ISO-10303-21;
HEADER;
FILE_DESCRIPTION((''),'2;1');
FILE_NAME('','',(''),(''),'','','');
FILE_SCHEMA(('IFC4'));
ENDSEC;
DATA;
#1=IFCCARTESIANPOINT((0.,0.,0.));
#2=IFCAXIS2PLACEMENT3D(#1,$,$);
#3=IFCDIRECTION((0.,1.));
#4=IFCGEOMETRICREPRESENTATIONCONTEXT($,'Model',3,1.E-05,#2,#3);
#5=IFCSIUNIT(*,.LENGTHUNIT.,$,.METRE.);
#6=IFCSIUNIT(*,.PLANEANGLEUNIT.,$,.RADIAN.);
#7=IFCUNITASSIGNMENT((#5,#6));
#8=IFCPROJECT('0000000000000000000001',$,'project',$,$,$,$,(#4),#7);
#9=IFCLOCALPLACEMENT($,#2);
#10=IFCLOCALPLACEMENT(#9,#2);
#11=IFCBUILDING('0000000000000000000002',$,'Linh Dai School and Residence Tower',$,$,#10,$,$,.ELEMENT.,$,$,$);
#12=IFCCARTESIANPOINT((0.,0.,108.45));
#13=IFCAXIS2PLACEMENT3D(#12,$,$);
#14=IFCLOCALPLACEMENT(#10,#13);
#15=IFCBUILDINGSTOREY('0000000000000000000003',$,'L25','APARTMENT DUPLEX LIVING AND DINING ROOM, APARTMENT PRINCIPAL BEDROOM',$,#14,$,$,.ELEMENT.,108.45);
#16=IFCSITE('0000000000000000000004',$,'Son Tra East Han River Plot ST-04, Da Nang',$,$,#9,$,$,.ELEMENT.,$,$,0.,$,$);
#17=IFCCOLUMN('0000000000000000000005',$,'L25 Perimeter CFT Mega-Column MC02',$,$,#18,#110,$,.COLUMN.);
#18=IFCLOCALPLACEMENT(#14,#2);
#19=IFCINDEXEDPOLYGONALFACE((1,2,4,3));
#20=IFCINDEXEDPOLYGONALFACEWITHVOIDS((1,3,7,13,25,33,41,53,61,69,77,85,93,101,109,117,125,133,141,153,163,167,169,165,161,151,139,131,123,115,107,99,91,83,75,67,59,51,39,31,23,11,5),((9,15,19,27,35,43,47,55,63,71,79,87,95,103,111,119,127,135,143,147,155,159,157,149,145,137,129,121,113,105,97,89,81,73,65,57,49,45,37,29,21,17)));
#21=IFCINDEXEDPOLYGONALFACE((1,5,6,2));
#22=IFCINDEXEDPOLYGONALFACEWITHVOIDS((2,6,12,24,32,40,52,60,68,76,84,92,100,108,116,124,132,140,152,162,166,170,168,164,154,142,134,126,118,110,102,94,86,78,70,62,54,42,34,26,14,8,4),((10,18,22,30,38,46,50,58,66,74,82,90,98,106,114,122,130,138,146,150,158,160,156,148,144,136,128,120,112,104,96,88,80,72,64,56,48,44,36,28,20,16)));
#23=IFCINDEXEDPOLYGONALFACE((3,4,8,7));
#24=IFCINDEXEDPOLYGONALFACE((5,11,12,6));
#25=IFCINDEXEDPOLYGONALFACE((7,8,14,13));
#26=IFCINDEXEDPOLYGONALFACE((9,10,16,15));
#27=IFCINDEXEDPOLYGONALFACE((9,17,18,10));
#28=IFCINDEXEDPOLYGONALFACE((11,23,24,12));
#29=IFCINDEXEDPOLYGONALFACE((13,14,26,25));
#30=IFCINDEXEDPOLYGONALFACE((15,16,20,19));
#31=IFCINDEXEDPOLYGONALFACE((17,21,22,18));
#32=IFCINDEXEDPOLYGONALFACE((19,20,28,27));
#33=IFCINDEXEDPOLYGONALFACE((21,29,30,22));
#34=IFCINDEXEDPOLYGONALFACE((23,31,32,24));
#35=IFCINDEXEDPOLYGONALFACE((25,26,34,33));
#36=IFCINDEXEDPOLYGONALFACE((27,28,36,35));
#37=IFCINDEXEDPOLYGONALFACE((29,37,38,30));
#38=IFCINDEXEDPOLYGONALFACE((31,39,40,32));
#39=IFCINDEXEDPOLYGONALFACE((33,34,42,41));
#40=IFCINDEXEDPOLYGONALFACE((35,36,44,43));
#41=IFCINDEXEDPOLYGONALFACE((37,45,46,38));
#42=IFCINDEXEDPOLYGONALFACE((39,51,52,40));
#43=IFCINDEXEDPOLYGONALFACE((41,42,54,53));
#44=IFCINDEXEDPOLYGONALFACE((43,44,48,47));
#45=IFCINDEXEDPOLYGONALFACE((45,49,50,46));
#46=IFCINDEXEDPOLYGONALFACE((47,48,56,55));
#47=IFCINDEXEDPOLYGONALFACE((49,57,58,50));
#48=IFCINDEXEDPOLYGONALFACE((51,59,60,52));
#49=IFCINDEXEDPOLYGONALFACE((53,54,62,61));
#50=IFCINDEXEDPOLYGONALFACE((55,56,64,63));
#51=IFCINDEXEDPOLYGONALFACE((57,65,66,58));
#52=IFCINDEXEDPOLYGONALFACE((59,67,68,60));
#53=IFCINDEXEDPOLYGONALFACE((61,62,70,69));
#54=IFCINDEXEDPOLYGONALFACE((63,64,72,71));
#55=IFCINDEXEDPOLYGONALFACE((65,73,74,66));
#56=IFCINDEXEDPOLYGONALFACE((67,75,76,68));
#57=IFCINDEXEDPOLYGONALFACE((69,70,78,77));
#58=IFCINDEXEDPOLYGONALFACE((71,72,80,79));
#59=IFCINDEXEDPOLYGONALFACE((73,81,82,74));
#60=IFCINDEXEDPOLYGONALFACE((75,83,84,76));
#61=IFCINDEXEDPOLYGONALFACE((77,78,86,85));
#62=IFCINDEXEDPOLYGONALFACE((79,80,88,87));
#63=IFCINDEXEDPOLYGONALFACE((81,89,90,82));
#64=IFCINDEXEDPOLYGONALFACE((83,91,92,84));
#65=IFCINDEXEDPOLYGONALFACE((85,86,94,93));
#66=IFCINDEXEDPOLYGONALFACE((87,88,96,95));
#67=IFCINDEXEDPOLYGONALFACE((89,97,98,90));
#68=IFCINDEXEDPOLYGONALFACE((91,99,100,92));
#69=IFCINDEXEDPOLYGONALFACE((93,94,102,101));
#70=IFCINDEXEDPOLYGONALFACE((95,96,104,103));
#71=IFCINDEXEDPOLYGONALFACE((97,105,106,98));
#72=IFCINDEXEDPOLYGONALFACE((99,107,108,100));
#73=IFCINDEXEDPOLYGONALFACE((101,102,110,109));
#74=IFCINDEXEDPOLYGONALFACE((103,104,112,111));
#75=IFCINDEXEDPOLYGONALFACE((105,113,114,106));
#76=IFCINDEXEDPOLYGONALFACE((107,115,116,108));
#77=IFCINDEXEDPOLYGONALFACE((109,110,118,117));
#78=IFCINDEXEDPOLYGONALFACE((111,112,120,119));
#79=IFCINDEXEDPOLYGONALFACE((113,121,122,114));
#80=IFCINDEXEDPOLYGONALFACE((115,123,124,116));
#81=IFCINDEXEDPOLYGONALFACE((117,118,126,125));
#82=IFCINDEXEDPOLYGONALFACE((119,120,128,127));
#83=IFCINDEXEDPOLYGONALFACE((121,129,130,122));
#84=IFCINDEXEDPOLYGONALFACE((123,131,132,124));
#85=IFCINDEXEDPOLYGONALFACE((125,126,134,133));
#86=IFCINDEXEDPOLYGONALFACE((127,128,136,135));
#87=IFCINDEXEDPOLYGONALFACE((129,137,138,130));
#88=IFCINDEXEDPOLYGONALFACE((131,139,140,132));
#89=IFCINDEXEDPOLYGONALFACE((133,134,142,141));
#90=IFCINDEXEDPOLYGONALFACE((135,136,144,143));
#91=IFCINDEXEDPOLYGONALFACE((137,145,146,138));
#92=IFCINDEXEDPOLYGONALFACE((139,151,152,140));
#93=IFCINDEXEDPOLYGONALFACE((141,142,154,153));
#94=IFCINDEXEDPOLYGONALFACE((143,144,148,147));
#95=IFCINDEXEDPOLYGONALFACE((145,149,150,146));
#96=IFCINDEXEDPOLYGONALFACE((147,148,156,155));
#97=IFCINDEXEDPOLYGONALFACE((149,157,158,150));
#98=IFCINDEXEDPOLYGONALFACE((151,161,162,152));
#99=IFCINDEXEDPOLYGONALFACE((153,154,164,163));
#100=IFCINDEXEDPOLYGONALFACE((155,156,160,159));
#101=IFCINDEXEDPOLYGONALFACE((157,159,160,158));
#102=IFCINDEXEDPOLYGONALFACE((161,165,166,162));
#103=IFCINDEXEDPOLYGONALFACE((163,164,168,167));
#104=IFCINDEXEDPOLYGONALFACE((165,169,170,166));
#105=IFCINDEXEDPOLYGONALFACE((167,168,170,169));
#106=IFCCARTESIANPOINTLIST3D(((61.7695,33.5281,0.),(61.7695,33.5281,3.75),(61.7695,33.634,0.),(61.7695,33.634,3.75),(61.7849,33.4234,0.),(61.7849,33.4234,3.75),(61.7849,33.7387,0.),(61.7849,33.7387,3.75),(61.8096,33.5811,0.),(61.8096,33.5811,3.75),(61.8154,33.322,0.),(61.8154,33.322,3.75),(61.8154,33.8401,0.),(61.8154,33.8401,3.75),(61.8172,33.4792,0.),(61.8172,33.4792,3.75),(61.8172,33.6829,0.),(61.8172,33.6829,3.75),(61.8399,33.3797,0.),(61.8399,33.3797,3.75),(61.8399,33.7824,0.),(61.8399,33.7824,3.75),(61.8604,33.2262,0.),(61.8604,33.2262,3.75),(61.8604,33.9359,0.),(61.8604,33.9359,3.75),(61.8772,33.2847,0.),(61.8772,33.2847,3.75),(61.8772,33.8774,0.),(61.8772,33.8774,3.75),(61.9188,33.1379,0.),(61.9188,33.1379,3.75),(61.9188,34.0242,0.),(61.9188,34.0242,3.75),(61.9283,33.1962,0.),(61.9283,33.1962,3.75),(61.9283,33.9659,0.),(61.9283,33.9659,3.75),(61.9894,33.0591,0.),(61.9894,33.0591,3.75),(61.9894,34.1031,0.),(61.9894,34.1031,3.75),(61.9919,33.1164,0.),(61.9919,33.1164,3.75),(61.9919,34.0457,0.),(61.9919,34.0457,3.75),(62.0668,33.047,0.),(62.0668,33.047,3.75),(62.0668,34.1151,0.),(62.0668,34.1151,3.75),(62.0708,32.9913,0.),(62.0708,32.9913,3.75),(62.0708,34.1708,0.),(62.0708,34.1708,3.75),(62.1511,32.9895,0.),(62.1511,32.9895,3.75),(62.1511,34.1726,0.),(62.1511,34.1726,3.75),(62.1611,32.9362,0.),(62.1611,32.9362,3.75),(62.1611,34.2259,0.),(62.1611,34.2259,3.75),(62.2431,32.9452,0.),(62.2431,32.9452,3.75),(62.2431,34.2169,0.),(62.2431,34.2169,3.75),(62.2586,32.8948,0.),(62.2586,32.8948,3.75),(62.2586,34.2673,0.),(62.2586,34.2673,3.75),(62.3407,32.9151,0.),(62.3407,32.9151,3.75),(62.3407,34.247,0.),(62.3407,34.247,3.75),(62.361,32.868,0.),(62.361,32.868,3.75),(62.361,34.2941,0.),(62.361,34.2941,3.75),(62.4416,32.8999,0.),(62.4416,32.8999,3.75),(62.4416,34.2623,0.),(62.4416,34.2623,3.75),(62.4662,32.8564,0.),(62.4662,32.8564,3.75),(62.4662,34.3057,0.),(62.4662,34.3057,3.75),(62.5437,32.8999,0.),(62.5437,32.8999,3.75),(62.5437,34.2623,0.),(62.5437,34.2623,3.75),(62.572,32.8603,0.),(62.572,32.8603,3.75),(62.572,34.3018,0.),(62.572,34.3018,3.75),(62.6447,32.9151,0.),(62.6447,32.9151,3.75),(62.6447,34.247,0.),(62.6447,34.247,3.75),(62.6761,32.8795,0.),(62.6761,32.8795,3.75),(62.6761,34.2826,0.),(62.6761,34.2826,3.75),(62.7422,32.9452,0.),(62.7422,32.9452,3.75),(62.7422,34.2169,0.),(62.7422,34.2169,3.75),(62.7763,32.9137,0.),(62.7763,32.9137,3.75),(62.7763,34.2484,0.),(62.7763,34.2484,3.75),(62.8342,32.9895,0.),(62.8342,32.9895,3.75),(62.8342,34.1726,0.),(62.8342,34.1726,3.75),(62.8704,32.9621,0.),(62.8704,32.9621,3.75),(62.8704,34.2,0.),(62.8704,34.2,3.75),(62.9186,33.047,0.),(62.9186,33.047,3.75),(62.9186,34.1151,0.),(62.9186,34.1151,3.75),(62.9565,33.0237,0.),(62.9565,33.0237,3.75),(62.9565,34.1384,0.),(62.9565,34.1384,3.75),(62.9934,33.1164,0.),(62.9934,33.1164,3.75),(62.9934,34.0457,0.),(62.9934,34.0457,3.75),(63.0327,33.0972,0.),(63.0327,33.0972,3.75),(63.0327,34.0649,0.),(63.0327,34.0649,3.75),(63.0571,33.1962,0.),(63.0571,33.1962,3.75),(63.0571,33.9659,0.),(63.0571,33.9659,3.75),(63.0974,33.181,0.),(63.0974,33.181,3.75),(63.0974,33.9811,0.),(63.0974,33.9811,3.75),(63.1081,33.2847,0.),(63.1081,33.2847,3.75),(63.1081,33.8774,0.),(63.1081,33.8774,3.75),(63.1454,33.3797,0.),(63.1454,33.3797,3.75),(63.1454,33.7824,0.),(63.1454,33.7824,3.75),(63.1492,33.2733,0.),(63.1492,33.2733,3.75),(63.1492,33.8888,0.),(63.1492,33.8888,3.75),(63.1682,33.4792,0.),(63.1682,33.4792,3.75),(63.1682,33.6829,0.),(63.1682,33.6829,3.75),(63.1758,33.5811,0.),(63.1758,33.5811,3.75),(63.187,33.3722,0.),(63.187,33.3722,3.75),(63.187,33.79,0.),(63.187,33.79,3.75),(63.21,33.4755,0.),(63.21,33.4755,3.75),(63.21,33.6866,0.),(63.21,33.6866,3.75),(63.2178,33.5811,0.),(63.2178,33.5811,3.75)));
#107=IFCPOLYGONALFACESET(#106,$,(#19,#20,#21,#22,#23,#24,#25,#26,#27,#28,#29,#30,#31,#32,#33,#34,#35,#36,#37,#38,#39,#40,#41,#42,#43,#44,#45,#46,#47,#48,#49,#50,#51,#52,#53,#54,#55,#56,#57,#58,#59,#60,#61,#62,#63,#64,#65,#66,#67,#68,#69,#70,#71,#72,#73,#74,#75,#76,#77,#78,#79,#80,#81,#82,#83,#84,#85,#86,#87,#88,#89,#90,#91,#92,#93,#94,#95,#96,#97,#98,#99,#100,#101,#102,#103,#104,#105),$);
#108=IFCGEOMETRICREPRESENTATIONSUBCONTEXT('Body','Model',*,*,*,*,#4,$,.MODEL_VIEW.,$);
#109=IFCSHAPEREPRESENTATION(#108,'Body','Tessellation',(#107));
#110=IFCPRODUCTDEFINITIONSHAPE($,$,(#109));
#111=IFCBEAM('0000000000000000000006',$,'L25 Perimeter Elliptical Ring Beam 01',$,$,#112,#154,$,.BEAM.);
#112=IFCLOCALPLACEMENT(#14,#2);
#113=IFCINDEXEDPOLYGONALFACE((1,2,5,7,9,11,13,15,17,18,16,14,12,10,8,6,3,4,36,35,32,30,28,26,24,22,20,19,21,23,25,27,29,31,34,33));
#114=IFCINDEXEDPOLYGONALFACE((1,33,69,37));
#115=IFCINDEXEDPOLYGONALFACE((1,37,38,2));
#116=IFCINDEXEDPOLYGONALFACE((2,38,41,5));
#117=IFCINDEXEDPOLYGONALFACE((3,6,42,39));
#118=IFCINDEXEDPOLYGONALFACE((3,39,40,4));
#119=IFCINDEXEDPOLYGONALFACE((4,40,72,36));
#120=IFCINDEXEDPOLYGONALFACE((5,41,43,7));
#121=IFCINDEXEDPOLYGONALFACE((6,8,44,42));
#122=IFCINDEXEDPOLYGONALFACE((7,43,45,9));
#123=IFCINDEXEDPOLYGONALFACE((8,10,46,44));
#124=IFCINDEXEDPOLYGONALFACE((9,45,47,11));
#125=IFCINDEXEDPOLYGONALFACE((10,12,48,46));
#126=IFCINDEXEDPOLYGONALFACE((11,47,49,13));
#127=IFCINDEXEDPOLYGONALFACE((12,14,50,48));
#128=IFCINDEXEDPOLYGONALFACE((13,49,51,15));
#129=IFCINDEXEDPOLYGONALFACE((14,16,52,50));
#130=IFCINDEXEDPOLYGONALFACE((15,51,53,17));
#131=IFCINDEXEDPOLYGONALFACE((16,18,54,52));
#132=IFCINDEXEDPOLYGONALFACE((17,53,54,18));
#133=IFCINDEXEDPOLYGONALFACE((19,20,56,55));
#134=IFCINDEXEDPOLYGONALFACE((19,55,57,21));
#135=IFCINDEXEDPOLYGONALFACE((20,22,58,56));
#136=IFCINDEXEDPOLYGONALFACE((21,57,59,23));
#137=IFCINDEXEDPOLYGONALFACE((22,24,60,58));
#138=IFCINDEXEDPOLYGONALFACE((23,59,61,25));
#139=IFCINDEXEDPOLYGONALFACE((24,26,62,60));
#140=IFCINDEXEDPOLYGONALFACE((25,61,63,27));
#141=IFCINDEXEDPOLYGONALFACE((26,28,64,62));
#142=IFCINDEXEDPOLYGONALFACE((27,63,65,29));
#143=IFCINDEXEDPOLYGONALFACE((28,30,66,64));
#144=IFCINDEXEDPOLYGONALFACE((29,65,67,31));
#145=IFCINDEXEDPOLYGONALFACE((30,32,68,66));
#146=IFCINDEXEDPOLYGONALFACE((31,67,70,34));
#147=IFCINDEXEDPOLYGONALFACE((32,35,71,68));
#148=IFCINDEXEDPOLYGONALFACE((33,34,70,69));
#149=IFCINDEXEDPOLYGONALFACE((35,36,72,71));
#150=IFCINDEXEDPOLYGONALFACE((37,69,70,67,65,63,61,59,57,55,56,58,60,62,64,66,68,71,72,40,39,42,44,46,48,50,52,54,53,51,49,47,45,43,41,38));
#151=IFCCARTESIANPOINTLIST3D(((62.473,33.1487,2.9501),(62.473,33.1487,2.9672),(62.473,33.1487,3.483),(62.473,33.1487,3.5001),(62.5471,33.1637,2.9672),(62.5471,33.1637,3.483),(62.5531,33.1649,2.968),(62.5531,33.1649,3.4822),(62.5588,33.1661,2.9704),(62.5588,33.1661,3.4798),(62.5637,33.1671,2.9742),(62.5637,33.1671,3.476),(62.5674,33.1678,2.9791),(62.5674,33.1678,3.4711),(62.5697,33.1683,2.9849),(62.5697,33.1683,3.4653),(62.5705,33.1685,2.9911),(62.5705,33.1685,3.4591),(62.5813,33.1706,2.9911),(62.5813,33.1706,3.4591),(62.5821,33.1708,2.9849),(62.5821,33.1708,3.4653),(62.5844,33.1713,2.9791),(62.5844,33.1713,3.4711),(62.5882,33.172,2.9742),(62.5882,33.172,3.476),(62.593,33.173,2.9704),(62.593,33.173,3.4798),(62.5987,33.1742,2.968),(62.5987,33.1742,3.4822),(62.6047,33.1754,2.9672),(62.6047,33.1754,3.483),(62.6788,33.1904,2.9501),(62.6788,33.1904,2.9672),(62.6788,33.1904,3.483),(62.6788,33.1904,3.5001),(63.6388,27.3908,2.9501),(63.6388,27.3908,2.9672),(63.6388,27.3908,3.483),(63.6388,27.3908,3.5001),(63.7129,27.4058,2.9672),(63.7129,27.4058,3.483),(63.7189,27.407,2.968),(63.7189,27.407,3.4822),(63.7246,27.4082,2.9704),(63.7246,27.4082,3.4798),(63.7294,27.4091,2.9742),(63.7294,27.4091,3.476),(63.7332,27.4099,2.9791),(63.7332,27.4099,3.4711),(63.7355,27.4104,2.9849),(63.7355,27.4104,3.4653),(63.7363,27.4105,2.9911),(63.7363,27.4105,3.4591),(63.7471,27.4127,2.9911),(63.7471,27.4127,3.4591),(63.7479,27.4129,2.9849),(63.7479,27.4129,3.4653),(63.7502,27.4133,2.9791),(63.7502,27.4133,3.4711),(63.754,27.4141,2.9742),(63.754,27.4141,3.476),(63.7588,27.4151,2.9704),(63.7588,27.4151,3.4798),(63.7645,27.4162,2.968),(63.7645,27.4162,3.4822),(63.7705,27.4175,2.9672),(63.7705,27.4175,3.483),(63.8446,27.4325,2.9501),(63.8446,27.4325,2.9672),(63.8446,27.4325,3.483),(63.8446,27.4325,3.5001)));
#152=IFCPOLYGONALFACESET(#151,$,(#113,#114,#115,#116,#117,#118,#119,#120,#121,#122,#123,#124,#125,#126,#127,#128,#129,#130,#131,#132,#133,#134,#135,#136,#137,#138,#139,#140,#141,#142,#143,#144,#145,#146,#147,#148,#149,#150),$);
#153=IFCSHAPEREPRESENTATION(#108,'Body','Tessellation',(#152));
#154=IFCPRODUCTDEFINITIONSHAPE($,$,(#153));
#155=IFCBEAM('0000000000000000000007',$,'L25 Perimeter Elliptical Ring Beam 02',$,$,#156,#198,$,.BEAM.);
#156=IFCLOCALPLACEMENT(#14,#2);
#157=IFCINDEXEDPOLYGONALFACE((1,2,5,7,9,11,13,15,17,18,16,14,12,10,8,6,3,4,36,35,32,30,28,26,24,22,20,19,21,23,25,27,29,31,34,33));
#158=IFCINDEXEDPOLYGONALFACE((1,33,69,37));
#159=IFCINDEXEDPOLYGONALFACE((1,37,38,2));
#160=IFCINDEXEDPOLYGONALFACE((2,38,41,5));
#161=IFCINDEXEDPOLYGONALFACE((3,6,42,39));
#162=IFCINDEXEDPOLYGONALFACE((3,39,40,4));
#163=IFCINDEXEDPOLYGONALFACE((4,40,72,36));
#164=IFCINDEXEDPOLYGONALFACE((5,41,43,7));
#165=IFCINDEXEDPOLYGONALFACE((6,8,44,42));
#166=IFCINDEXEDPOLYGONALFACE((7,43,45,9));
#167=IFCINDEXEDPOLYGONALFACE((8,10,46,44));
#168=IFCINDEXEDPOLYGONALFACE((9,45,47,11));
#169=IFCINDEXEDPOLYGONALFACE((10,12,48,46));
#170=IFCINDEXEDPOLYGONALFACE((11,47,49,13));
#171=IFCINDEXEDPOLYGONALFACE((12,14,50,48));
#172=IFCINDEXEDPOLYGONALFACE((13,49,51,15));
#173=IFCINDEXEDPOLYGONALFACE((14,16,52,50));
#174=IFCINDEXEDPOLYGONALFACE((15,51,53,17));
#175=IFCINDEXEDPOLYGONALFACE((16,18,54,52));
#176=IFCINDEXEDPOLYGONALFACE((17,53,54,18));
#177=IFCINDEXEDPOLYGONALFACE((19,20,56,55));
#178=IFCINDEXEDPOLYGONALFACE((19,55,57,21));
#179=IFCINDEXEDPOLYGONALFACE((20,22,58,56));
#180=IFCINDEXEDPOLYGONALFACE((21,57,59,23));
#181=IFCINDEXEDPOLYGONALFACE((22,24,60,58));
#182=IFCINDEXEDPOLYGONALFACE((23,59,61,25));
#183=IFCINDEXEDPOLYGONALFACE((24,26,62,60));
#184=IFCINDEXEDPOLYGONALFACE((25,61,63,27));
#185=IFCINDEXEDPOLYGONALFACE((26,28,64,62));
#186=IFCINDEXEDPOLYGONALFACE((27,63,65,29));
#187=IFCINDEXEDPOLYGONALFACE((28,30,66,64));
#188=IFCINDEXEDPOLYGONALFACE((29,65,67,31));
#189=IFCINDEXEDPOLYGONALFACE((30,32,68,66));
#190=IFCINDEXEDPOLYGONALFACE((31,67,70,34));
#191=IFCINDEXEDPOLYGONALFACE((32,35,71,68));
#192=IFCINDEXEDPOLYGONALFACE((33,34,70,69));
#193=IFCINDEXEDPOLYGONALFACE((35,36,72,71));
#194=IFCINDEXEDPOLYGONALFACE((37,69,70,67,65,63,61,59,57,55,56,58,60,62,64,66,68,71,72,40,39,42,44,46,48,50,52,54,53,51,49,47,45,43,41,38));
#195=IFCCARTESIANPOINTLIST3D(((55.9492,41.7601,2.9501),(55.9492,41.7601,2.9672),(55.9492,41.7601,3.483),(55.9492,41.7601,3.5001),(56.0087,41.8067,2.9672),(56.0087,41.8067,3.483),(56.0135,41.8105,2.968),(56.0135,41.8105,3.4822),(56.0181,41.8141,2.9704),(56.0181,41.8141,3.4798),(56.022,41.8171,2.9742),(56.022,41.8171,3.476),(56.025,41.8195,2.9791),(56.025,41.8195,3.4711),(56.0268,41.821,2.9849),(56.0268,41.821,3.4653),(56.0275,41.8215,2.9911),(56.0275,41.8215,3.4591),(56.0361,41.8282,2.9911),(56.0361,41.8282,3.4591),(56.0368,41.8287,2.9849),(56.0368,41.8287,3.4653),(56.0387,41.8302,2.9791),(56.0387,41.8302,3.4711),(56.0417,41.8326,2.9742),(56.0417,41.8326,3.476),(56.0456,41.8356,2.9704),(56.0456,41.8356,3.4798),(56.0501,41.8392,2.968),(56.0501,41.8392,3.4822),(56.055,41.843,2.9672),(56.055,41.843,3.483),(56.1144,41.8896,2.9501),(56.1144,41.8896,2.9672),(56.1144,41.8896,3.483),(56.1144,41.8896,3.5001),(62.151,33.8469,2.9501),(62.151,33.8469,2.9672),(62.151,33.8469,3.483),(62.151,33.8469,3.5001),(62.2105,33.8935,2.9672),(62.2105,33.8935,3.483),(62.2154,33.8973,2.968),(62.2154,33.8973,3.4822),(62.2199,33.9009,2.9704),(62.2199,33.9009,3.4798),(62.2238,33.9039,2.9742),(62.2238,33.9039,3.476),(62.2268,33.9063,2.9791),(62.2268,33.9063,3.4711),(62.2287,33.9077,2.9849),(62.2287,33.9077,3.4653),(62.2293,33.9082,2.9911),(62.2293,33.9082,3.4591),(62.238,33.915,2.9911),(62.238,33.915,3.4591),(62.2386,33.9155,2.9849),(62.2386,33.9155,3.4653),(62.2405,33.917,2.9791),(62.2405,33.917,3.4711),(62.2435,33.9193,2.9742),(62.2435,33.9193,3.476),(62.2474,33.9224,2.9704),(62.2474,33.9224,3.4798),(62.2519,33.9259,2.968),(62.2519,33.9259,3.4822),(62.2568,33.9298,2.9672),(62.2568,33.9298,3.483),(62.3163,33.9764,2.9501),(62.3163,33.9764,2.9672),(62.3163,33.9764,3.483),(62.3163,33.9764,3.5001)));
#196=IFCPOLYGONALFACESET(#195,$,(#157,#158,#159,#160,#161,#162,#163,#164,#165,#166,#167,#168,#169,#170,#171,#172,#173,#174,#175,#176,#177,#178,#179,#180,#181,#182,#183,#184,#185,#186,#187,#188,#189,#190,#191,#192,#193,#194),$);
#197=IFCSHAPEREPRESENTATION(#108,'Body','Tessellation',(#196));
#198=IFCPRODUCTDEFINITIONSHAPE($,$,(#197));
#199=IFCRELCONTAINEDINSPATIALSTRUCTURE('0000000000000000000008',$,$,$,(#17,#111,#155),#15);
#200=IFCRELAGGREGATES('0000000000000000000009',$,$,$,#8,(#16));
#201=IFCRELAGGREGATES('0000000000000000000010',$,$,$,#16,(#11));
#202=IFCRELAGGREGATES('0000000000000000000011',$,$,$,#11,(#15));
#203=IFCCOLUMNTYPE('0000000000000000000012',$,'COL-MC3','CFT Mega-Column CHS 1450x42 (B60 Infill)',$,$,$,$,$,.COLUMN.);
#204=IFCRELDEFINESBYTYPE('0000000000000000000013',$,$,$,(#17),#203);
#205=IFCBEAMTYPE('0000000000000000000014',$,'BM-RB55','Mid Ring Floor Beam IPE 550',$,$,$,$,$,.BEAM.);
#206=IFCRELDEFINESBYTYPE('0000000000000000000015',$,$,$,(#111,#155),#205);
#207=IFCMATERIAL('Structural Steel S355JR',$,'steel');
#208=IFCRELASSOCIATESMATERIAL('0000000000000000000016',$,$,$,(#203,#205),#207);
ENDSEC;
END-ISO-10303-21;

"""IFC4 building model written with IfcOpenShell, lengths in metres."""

from ifc_helpers import new_model, si_unit, direction, frame, origin, origin_2d, place, context, subcontext, project, spatial, hollow_circle, i_section, extrude, material, material_profile, profile_set, type_object, element, save


model = new_model("IFC4")

# Units and contexts
model_context = context("Model", 3, precision=1e-05, world=origin(), true_north=direction((0.0, 1.0)))
body_context = subcontext(model_context, "Body", "Model", "MODEL_VIEW")
ifc_project = project(units=[si_unit("LENGTHUNIT", "METRE"), si_unit("PLANEANGLEUNIT", "RADIAN")], contexts=[model_context])

# Site, building, storey
site_placement = place(None, origin())
site = spatial("IfcSite", under=ifc_project, at=site_placement, Name="Son Tra East Han River Plot ST-04, Da Nang", CompositionType="ELEMENT", RefElevation=0.0)
building_placement = place(site_placement, origin())
building = spatial("IfcBuilding", under=site, at=building_placement, Name="Linh Dai School and Residence Tower", CompositionType="ELEMENT")
storey_placement = place(building_placement, frame((0.0, 0.0, 108.45)))
storey = spatial("IfcBuildingStorey", under=building, at=storey_placement, Name="L25", Description="APARTMENT DUPLEX LIVING AND DINING ROOM, APARTMENT PRINCIPAL BEDROOM", CompositionType="ELEMENT", Elevation=108.45)

# Column
ifc_material_1 = material(Name="Structural Steel S355JR", Category="steel")
ifc_material_profile_1 = material_profile(ifc_material_1, hollow_circle(Radius=0.7251, WallThickness=0.042, at=origin_2d()), Name="CHS 1450x42")
ifc_profile_set_1 = profile_set([ifc_material_profile_1], Name="Structural Steel S355JR")
column_type_1 = type_object("IfcColumnType", Name="COL-MC3", Description="CFT Mega-Column CHS 1450x42 (B60 Infill)", PredefinedType="COLUMN", material=ifc_profile_set_1)
for number, where, z_axis, x_axis, name in (
    (1, (62.4927, 33.5811, 0.0), (0.0, 0.0, 1.0), (1.0, 0.0, 0.0), "L25 Perimeter CFT Mega-Column MC02"),
):
    element("IfcColumn", number, at=place(storey_placement, frame(where, z_axis=z_axis, x_axis=x_axis)), inside=storey, type_object=column_type_1, Name=name, PredefinedType="COLUMN", context=body_context, shape_type="SweptSolid", body=[
        extrude(hollow_circle(Radius=0.7251, WallThickness=0.042, at=origin_2d()), origin(), (0.0, 0.0, 1.0), 3.75),
    ])

# Beams
ifc_material_profile_2 = material_profile(ifc_material_1, i_section(OverallWidth=0.21, OverallDepth=0.55, WebThickness=0.011, FlangeThickness=0.0171, FilletRadius=0.0239, at=origin_2d()), Name="IPE 550")
ifc_profile_set_2 = profile_set([ifc_material_profile_2], Name="Structural Steel S355JR")
beam_type_1 = type_object("IfcBeamType", Name="BM-RB55", Description="Mid Ring Floor Beam IPE 550", PredefinedType="BEAM", material=ifc_profile_set_2)
beam_1_placement = place(storey_placement, frame((63.7417, 27.4116, 3.2251), z_axis=(-0.198441, 0.980113, 0.0), x_axis=(-0.980113, -0.198441, 0.0)))
element("IfcBeam", 2, at=beam_1_placement, inside=storey, type_object=beam_type_1, Name="L25 Perimeter Elliptical Ring Beam 01", PredefinedType="BEAM", context=body_context, shape_type="SweptSolid", body=[
    extrude(i_section(OverallWidth=0.21, OverallDepth=0.55, WebThickness=0.011, FlangeThickness=0.0171, FilletRadius=0.0239, at=origin_2d()), origin(), (0.0, 0.0, 1.0), 5.8748),
])
beam_2_placement = place(storey_placement, frame((62.2336, 33.9116, 3.2251), z_axis=(-0.616855, 0.787077, 0.0), x_axis=(-0.787077, -0.616855, 0.0)))
element("IfcBeam", 3, at=beam_2_placement, inside=storey, type_object=beam_type_1, Name="L25 Perimeter Elliptical Ring Beam 02", PredefinedType="BEAM", context=body_context, shape_type="SweptSolid", body=[
    extrude(i_section(OverallWidth=0.21, OverallDepth=0.55, WebThickness=0.011, FlangeThickness=0.0171, FilletRadius=0.0239, at=origin_2d()), origin(), (0.0, 0.0, 1.0), 10.054),
])

save(model, "model.ifc")
